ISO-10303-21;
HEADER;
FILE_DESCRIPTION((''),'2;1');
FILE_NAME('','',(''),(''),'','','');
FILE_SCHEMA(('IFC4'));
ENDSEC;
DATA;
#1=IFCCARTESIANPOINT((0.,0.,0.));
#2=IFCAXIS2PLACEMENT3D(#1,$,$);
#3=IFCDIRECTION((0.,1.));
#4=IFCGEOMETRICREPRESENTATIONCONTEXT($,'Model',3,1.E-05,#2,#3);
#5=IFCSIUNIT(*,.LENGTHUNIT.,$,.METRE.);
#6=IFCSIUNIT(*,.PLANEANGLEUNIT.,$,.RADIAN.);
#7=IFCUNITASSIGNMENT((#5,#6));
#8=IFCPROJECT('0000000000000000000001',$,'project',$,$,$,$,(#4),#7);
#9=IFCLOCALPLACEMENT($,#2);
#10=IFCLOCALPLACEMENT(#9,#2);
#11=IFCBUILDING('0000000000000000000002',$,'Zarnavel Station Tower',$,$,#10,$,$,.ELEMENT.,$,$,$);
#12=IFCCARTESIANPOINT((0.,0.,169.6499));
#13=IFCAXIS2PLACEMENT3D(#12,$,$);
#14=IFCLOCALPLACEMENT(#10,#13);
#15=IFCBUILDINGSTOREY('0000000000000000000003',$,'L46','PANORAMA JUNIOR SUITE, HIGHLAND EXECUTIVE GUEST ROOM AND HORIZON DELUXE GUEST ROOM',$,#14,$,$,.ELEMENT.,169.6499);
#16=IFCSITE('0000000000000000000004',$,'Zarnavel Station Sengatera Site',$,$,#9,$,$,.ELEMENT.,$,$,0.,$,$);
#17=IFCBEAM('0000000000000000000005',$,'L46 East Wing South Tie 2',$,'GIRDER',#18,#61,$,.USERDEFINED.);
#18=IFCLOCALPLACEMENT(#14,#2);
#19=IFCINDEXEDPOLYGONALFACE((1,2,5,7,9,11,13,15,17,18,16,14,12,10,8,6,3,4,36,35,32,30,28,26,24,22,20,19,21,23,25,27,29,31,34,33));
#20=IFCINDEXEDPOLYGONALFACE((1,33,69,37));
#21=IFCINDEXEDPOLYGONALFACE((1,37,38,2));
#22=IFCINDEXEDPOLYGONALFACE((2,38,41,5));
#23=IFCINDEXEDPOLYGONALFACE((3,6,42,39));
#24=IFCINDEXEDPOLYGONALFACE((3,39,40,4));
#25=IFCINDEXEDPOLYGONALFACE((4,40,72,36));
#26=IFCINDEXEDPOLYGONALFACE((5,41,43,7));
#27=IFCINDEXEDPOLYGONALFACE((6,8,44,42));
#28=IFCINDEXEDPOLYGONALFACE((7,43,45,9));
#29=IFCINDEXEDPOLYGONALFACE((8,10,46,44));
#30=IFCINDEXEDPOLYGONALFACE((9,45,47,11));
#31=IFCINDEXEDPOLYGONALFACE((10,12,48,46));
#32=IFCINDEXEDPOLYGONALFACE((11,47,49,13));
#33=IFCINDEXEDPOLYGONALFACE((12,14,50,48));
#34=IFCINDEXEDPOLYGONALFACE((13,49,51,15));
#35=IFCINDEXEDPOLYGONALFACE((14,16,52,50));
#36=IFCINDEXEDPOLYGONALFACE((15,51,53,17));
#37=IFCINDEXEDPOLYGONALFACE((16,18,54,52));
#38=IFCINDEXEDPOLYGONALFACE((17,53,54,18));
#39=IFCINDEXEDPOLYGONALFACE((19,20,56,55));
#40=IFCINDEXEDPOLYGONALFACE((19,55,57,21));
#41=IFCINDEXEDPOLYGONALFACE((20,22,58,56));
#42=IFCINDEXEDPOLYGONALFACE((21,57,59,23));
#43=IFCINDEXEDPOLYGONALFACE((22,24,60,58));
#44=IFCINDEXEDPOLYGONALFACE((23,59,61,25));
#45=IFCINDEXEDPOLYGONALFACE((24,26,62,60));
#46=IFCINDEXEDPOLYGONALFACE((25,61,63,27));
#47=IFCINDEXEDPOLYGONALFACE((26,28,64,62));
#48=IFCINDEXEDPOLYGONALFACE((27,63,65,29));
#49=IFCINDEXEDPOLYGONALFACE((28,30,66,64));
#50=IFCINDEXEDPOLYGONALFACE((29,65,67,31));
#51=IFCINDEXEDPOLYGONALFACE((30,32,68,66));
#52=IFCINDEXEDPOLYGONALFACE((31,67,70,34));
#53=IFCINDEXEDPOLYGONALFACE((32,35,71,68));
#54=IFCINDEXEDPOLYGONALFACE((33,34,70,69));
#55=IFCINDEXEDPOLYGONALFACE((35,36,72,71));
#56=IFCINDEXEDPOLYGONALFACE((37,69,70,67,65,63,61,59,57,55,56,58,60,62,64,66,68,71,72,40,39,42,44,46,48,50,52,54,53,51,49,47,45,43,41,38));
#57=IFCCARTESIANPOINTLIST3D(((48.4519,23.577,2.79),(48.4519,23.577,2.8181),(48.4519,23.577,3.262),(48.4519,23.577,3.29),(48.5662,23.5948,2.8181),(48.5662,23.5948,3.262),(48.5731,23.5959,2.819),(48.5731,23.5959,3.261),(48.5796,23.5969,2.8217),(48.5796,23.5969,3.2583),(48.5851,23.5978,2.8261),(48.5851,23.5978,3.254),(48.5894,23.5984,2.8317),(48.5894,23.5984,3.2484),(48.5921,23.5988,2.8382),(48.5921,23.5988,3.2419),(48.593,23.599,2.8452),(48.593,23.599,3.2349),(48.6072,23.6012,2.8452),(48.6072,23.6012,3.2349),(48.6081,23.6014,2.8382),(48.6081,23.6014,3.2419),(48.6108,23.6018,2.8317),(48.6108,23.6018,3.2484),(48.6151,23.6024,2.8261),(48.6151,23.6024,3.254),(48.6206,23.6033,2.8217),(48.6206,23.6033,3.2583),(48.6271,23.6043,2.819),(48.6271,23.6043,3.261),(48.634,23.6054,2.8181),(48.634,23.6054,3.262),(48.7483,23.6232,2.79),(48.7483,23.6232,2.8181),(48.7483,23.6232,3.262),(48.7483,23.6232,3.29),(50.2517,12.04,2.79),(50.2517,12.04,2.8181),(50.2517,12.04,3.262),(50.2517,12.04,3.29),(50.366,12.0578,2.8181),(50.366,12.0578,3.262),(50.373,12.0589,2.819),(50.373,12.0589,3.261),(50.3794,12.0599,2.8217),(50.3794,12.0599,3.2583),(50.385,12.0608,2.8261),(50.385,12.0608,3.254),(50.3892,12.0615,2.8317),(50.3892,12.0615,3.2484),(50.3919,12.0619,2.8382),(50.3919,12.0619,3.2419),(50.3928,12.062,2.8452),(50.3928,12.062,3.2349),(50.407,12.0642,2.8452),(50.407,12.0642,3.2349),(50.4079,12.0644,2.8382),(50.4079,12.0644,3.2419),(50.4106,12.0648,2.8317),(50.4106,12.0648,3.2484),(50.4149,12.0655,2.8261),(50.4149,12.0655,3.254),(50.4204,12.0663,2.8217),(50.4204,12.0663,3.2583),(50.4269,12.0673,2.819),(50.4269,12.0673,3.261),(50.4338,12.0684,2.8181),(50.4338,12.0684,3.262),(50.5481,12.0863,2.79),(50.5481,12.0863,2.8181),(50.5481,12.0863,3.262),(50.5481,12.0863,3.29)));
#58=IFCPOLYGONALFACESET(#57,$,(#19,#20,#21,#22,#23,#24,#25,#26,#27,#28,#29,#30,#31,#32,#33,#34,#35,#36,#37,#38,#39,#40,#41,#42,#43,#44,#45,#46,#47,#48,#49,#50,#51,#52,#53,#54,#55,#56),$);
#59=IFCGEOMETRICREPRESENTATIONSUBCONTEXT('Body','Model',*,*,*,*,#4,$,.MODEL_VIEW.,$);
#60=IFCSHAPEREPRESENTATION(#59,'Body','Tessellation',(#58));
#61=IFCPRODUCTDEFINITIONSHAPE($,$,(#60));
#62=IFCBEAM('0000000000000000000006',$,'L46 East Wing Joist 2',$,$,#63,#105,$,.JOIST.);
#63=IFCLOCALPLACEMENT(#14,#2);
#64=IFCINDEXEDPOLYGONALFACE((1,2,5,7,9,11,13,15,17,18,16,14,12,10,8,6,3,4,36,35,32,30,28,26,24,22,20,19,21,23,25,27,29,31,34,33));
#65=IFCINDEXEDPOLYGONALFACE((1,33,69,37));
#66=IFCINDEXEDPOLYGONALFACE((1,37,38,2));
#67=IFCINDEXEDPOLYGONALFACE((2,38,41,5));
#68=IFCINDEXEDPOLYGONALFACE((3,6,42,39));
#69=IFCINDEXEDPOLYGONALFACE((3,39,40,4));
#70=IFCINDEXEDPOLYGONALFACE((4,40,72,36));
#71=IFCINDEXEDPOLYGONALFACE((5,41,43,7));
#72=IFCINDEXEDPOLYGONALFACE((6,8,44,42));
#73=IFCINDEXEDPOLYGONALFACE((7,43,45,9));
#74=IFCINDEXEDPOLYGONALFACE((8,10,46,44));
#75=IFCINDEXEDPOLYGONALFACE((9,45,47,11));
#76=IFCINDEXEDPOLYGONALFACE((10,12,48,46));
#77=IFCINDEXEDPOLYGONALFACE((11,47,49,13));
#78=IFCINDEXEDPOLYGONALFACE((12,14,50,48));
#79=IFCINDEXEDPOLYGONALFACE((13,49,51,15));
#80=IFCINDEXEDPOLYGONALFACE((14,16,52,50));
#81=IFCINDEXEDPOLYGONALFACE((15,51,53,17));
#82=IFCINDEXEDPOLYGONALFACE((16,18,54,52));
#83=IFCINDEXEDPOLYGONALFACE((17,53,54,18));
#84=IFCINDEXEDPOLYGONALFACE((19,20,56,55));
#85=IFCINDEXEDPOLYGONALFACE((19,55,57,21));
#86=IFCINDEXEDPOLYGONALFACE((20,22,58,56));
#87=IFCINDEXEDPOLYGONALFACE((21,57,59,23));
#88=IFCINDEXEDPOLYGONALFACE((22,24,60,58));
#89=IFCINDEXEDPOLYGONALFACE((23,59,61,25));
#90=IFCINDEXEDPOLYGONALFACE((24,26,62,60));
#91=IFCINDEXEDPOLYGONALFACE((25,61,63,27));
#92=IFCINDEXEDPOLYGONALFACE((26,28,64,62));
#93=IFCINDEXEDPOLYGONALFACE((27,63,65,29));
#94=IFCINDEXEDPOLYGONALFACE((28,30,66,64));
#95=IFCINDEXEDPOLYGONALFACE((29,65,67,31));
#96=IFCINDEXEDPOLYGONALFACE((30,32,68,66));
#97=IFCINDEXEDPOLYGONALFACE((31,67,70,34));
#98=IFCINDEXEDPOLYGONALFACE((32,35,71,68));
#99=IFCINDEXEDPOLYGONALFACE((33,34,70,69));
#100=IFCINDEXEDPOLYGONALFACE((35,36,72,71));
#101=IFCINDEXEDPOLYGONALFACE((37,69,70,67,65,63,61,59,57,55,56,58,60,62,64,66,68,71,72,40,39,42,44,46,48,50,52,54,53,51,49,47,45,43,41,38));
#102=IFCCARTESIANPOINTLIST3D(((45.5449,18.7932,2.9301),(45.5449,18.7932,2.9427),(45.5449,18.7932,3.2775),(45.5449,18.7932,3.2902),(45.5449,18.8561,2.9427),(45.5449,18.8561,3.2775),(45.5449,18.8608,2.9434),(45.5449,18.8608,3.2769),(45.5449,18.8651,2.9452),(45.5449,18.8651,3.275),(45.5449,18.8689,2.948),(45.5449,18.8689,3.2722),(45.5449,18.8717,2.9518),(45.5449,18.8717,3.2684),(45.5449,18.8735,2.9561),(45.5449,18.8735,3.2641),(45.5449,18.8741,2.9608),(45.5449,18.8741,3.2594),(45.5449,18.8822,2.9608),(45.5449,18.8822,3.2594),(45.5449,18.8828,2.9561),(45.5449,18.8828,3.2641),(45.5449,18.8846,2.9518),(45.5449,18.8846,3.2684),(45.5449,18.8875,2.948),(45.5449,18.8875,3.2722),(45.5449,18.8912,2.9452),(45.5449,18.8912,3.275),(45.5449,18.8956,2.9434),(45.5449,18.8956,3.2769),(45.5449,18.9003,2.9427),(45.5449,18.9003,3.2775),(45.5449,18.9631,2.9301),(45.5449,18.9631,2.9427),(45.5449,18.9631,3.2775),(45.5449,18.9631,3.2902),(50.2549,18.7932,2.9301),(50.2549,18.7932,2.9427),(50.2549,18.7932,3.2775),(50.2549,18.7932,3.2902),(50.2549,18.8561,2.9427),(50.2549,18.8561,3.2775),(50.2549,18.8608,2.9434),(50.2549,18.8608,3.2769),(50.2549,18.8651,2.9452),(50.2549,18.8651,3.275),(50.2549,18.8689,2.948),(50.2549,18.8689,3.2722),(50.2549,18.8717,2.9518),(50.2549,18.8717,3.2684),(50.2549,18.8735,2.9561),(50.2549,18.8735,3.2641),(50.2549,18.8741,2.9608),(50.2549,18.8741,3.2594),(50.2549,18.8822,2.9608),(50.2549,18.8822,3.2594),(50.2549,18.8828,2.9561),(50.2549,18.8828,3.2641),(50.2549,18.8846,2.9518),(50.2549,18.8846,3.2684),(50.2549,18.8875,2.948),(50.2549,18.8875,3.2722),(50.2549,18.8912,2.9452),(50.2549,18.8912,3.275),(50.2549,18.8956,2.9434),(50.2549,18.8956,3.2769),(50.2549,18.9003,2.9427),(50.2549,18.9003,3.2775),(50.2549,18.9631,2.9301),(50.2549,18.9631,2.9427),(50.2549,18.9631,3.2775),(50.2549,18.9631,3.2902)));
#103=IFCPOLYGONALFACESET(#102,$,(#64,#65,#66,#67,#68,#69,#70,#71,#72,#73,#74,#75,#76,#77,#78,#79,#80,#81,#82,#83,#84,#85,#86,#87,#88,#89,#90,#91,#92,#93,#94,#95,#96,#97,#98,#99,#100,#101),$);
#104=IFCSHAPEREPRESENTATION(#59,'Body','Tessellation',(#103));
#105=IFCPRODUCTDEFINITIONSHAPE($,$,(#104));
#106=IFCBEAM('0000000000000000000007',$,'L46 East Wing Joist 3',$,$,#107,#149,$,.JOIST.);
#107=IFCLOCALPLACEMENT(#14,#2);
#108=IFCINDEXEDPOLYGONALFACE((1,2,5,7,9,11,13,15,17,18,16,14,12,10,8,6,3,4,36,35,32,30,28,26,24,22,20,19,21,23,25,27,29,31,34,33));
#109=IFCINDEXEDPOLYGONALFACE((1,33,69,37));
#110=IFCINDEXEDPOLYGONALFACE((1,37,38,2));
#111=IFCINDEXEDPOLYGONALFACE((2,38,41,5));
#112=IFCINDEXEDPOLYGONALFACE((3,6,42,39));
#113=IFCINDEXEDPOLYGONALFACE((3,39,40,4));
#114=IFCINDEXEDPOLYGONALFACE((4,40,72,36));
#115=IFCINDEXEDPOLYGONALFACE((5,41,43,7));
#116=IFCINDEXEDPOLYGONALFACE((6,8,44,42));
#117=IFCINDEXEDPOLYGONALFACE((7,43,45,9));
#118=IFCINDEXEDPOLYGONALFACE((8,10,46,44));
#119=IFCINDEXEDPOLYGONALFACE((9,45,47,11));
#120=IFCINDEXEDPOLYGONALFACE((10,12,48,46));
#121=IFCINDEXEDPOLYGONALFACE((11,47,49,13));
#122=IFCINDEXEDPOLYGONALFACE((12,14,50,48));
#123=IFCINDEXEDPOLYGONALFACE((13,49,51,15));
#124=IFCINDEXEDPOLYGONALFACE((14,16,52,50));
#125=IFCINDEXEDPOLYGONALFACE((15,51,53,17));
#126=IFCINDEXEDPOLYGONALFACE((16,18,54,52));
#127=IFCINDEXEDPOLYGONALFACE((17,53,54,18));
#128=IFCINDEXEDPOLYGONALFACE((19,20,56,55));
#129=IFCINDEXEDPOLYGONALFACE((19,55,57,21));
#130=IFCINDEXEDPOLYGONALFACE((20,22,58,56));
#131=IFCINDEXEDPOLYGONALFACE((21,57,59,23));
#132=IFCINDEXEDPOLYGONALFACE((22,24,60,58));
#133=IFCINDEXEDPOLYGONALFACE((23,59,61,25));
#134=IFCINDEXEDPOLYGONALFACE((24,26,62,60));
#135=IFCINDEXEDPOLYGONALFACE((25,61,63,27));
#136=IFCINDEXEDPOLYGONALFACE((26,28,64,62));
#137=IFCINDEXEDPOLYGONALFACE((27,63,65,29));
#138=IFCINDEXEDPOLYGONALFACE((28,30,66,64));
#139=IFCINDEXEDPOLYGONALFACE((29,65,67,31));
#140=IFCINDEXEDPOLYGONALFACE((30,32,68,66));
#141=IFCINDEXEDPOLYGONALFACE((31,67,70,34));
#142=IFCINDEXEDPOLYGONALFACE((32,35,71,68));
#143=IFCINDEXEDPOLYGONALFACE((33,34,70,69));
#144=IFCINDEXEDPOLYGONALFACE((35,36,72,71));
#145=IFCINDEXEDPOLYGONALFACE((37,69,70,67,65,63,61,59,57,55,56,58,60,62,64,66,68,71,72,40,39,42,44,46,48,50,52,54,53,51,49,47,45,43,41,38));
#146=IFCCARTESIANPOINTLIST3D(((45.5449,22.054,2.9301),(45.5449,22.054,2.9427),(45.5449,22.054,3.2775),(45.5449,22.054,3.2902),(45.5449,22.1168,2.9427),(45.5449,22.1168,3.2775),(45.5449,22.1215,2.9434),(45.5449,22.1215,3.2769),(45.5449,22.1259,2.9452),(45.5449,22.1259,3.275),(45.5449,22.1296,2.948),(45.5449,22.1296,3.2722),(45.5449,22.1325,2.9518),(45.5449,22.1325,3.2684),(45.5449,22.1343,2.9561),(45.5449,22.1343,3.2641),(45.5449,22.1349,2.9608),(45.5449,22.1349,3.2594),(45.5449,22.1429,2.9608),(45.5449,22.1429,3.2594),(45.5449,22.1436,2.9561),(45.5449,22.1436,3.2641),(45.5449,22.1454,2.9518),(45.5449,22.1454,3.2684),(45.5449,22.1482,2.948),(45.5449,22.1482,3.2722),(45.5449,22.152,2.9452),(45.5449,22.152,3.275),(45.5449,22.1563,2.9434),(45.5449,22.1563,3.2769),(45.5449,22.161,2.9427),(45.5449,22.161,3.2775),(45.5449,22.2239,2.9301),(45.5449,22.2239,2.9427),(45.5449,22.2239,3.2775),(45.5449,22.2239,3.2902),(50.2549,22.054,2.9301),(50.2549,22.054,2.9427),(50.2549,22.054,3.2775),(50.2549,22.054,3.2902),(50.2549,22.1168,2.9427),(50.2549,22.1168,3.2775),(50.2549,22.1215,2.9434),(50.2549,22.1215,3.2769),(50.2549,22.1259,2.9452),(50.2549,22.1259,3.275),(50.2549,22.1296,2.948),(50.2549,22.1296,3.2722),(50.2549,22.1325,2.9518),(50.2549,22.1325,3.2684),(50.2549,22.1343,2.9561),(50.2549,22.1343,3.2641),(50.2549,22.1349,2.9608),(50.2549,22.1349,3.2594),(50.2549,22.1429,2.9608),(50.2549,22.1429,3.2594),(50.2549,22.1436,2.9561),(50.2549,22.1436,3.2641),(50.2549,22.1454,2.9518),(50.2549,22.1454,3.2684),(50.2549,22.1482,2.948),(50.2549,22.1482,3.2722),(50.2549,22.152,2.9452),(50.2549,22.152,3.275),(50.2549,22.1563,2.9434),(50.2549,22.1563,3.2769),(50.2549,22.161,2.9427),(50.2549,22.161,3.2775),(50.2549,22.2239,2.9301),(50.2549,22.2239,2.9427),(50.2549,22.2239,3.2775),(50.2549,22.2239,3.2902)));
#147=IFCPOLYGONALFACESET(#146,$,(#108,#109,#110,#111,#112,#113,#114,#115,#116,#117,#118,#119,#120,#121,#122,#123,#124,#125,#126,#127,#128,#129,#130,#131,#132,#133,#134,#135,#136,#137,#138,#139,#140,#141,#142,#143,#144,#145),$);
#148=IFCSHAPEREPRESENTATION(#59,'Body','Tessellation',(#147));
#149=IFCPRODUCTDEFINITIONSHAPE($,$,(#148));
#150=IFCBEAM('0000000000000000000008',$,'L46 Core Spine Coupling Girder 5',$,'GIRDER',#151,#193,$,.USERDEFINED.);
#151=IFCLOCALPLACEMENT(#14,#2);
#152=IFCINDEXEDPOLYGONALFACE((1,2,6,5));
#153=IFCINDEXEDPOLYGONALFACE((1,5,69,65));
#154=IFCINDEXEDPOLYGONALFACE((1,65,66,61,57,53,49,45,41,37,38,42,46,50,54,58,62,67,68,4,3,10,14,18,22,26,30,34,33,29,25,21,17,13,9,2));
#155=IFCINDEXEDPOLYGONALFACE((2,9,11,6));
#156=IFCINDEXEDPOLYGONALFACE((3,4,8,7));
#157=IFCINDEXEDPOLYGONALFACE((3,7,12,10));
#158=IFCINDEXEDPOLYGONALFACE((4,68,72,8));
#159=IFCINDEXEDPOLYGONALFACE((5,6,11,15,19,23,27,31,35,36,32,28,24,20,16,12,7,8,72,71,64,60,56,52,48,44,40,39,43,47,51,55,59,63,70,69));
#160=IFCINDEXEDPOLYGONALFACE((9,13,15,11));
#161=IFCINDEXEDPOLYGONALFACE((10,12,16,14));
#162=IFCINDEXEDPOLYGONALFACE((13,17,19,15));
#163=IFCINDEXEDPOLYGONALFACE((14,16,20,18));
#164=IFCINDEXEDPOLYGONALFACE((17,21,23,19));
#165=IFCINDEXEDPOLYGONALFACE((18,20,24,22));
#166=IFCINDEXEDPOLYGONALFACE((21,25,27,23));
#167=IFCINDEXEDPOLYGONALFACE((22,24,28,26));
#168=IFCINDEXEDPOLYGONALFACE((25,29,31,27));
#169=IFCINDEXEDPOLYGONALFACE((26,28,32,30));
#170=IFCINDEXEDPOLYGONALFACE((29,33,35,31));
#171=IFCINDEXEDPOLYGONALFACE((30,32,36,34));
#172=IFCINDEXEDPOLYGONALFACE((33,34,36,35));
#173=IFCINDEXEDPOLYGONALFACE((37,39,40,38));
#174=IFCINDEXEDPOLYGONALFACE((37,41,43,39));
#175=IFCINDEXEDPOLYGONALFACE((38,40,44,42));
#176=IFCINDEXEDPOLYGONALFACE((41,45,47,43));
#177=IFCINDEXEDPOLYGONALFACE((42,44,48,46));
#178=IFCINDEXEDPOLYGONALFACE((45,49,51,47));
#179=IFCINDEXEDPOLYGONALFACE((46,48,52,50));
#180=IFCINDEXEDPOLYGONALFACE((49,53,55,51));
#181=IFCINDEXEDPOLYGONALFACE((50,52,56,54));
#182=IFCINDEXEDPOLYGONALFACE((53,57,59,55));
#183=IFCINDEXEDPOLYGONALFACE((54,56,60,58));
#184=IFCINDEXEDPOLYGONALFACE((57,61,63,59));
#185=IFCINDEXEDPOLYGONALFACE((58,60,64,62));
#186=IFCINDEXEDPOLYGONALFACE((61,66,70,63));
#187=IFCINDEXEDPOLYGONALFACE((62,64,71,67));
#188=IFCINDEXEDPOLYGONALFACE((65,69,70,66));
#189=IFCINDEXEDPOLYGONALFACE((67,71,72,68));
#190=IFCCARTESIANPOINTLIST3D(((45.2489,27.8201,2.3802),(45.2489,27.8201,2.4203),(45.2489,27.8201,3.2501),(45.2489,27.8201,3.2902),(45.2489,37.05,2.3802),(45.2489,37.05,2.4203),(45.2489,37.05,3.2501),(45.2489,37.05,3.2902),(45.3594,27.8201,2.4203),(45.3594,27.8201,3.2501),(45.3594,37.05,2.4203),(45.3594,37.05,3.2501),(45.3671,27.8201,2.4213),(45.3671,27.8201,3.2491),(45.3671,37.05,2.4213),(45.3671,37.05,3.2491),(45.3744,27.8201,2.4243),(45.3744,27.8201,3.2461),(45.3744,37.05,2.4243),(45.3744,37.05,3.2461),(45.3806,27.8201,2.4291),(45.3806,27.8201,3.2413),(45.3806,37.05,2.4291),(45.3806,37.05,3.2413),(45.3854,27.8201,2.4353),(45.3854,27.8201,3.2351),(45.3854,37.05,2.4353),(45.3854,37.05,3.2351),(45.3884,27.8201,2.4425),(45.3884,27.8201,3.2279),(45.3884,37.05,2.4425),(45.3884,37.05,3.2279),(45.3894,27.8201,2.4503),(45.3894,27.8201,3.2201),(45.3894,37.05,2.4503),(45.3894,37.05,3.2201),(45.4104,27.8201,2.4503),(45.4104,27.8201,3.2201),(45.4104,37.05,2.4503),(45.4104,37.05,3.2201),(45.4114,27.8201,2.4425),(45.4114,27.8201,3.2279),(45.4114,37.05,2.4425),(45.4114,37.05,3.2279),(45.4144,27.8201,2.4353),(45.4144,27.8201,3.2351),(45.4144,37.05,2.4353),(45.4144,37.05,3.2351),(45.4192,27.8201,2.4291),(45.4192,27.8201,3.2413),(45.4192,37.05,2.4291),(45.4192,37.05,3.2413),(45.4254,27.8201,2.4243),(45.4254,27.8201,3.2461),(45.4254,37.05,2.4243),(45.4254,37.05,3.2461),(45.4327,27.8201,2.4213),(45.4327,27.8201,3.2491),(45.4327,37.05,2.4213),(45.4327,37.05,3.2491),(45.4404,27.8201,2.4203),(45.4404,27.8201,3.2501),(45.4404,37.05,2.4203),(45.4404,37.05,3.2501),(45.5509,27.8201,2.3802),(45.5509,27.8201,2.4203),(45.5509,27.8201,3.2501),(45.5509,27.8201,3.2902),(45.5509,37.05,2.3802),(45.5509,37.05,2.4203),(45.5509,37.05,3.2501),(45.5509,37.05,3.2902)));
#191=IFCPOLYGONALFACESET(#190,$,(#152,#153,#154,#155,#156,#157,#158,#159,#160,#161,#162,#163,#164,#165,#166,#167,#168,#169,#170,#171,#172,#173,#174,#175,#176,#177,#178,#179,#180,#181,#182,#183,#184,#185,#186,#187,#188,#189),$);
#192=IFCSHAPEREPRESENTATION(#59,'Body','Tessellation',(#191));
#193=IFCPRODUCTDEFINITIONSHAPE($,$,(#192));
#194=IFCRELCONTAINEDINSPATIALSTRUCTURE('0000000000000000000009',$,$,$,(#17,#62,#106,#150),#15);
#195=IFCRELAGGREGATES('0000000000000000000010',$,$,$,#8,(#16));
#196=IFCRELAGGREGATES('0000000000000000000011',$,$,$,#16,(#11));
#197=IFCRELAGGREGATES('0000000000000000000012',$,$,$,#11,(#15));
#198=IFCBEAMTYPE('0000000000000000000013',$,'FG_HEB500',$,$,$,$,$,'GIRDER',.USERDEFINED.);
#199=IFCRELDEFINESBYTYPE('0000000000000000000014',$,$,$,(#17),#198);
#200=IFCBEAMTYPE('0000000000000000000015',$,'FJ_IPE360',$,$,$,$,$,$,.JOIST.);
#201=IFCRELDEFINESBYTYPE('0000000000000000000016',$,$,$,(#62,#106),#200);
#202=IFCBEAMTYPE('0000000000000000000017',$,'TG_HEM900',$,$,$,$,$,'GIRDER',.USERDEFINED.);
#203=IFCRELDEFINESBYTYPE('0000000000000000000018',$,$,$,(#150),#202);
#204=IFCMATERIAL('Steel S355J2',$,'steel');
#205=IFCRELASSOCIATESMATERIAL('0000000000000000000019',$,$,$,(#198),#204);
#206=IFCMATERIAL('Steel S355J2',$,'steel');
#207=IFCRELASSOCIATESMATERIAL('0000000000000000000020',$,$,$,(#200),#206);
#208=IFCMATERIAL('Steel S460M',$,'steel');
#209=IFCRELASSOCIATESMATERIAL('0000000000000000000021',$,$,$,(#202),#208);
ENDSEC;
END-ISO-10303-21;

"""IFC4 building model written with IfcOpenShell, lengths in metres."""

from ifc_helpers import new_model, si_unit, direction, frame, origin, origin_2d, place, context, subcontext, project, spatial, i_section, extrude, material, material_profile, profile_set, type_object, element, save


model = new_model("IFC4")

# Units and contexts
model_context = context("Model", 3, precision=1e-05, world=origin(), true_north=direction((0.0, 1.0)))
body_context = subcontext(model_context, "Body", "Model", "MODEL_VIEW")
ifc_project = project(units=[si_unit("LENGTHUNIT", "METRE"), si_unit("PLANEANGLEUNIT", "RADIAN")], contexts=[model_context])

# Site, building, storey
site_placement = place(None, origin())
site = spatial("IfcSite", under=ifc_project, at=site_placement, Name="Zarnavel Station Sengatera Site", CompositionType="ELEMENT", RefElevation=0.0)
building_placement = place(site_placement, origin())
building = spatial("IfcBuilding", under=site, at=building_placement, Name="Zarnavel Station Tower", CompositionType="ELEMENT")
storey_placement = place(building_placement, frame((0.0, 0.0, 169.6499)))
storey = spatial("IfcBuildingStorey", under=building, at=storey_placement, Name="L46", Description="PANORAMA JUNIOR SUITE, HIGHLAND EXECUTIVE GUEST ROOM AND HORIZON DELUXE GUEST ROOM", CompositionType="ELEMENT", Elevation=169.6499)

# Beams
ifc_material_1 = material(Name="Steel S355J2", Category="steel")
ifc_material_profile_1 = material_profile(ifc_material_1, i_section(OverallWidth=0.3, OverallDepth=0.5, WebThickness=0.0144, FlangeThickness=0.0281, FilletRadius=0.0271, at=origin_2d()), Name="HEB500")
ifc_profile_set_1 = profile_set([ifc_material_profile_1], Name="Steel S355J2")
beam_type_1 = type_object("IfcBeamType", Name="FG_HEB500", ElementType="GIRDER", PredefinedType="USERDEFINED", material=ifc_profile_set_1)
beam_1_placement = place(storey_placement, frame((48.6001, 23.6001, 3.04), z_axis=(0.15414, -0.988049, 0.0), x_axis=(0.988049, 0.15414, 0.0)))
element("IfcBeam", 1, at=beam_1_placement, inside=storey, type_object=beam_type_1, Name="L46 East Wing South Tie 2", ObjectType="GIRDER", PredefinedType="USERDEFINED", context=body_context, shape_type="SweptSolid", body=[
    extrude(i_section(OverallWidth=0.3, OverallDepth=0.5, WebThickness=0.0144, FlangeThickness=0.0281, FilletRadius=0.0271, at=origin_2d()), origin(), (0.0, 0.0, 1.0), 11.6765),
])
ifc_material_2 = material(Name="Steel S355J2", Category="steel")
ifc_material_profile_2 = material_profile(ifc_material_2, i_section(OverallWidth=0.1699, OverallDepth=0.3601, WebThickness=0.0081, FlangeThickness=0.0127, FilletRadius=0.0181, at=origin_2d()), Name="IPE360")
ifc_profile_set_2 = profile_set([ifc_material_profile_2], Name="Steel S355J2")
beam_type_2 = type_object("IfcBeamType", Name="FJ_IPE360", PredefinedType="JOIST", material=ifc_profile_set_2)
for number, where, z_axis, x_axis, name in (
    (2, (45.5449, 18.8782, 3.1101), (1.0, 0.0, 0.0), (0.0, 1.0, 0.0), "L46 East Wing Joist 2"),
    (3, (45.5449, 22.1389, 3.1101), (1.0, 0.0, 0.0), (0.0, 1.0, 0.0), "L46 East Wing Joist 3"),
):
    element("IfcBeam", number, at=place(storey_placement, frame(where, z_axis=z_axis, x_axis=x_axis)), inside=storey, type_object=beam_type_2, Name=name, PredefinedType="JOIST", context=body_context, shape_type="SweptSolid", body=[
        extrude(i_section(OverallWidth=0.1699, OverallDepth=0.3601, WebThickness=0.0081, FlangeThickness=0.0127, FilletRadius=0.0181, at=origin_2d()), origin(), (0.0, 0.0, 1.0), 4.71),
    ])
ifc_material_3 = material(Name="Steel S460M", Category="steel")
ifc_material_profile_3 = material_profile(ifc_material_3, i_section(OverallWidth=0.302, OverallDepth=0.9099, WebThickness=0.021, FlangeThickness=0.04, FilletRadius=0.03, at=origin_2d()), Name="HEM900")
ifc_profile_set_3 = profile_set([ifc_material_profile_3], Name="Steel S460M")
beam_type_3 = type_object("IfcBeamType", Name="TG_HEM900", ElementType="GIRDER", PredefinedType="USERDEFINED", material=ifc_profile_set_3)
beam_2_placement = place(storey_placement, frame((45.3999, 27.8201, 2.8352), z_axis=(0.0, 1.0, 0.0), x_axis=(-1.0, 0.0, 0.0)))
element("IfcBeam", 4, at=beam_2_placement, inside=storey, type_object=beam_type_3, Name="L46 Core Spine Coupling Girder 5", ObjectType="GIRDER", PredefinedType="USERDEFINED", context=body_context, shape_type="SweptSolid", body=[
    extrude(i_section(OverallWidth=0.302, OverallDepth=0.9099, WebThickness=0.021, FlangeThickness=0.04, FilletRadius=0.03, at=origin_2d()), origin(), (0.0, 0.0, 1.0), 9.23),
])

save(model, "model.ifc")
